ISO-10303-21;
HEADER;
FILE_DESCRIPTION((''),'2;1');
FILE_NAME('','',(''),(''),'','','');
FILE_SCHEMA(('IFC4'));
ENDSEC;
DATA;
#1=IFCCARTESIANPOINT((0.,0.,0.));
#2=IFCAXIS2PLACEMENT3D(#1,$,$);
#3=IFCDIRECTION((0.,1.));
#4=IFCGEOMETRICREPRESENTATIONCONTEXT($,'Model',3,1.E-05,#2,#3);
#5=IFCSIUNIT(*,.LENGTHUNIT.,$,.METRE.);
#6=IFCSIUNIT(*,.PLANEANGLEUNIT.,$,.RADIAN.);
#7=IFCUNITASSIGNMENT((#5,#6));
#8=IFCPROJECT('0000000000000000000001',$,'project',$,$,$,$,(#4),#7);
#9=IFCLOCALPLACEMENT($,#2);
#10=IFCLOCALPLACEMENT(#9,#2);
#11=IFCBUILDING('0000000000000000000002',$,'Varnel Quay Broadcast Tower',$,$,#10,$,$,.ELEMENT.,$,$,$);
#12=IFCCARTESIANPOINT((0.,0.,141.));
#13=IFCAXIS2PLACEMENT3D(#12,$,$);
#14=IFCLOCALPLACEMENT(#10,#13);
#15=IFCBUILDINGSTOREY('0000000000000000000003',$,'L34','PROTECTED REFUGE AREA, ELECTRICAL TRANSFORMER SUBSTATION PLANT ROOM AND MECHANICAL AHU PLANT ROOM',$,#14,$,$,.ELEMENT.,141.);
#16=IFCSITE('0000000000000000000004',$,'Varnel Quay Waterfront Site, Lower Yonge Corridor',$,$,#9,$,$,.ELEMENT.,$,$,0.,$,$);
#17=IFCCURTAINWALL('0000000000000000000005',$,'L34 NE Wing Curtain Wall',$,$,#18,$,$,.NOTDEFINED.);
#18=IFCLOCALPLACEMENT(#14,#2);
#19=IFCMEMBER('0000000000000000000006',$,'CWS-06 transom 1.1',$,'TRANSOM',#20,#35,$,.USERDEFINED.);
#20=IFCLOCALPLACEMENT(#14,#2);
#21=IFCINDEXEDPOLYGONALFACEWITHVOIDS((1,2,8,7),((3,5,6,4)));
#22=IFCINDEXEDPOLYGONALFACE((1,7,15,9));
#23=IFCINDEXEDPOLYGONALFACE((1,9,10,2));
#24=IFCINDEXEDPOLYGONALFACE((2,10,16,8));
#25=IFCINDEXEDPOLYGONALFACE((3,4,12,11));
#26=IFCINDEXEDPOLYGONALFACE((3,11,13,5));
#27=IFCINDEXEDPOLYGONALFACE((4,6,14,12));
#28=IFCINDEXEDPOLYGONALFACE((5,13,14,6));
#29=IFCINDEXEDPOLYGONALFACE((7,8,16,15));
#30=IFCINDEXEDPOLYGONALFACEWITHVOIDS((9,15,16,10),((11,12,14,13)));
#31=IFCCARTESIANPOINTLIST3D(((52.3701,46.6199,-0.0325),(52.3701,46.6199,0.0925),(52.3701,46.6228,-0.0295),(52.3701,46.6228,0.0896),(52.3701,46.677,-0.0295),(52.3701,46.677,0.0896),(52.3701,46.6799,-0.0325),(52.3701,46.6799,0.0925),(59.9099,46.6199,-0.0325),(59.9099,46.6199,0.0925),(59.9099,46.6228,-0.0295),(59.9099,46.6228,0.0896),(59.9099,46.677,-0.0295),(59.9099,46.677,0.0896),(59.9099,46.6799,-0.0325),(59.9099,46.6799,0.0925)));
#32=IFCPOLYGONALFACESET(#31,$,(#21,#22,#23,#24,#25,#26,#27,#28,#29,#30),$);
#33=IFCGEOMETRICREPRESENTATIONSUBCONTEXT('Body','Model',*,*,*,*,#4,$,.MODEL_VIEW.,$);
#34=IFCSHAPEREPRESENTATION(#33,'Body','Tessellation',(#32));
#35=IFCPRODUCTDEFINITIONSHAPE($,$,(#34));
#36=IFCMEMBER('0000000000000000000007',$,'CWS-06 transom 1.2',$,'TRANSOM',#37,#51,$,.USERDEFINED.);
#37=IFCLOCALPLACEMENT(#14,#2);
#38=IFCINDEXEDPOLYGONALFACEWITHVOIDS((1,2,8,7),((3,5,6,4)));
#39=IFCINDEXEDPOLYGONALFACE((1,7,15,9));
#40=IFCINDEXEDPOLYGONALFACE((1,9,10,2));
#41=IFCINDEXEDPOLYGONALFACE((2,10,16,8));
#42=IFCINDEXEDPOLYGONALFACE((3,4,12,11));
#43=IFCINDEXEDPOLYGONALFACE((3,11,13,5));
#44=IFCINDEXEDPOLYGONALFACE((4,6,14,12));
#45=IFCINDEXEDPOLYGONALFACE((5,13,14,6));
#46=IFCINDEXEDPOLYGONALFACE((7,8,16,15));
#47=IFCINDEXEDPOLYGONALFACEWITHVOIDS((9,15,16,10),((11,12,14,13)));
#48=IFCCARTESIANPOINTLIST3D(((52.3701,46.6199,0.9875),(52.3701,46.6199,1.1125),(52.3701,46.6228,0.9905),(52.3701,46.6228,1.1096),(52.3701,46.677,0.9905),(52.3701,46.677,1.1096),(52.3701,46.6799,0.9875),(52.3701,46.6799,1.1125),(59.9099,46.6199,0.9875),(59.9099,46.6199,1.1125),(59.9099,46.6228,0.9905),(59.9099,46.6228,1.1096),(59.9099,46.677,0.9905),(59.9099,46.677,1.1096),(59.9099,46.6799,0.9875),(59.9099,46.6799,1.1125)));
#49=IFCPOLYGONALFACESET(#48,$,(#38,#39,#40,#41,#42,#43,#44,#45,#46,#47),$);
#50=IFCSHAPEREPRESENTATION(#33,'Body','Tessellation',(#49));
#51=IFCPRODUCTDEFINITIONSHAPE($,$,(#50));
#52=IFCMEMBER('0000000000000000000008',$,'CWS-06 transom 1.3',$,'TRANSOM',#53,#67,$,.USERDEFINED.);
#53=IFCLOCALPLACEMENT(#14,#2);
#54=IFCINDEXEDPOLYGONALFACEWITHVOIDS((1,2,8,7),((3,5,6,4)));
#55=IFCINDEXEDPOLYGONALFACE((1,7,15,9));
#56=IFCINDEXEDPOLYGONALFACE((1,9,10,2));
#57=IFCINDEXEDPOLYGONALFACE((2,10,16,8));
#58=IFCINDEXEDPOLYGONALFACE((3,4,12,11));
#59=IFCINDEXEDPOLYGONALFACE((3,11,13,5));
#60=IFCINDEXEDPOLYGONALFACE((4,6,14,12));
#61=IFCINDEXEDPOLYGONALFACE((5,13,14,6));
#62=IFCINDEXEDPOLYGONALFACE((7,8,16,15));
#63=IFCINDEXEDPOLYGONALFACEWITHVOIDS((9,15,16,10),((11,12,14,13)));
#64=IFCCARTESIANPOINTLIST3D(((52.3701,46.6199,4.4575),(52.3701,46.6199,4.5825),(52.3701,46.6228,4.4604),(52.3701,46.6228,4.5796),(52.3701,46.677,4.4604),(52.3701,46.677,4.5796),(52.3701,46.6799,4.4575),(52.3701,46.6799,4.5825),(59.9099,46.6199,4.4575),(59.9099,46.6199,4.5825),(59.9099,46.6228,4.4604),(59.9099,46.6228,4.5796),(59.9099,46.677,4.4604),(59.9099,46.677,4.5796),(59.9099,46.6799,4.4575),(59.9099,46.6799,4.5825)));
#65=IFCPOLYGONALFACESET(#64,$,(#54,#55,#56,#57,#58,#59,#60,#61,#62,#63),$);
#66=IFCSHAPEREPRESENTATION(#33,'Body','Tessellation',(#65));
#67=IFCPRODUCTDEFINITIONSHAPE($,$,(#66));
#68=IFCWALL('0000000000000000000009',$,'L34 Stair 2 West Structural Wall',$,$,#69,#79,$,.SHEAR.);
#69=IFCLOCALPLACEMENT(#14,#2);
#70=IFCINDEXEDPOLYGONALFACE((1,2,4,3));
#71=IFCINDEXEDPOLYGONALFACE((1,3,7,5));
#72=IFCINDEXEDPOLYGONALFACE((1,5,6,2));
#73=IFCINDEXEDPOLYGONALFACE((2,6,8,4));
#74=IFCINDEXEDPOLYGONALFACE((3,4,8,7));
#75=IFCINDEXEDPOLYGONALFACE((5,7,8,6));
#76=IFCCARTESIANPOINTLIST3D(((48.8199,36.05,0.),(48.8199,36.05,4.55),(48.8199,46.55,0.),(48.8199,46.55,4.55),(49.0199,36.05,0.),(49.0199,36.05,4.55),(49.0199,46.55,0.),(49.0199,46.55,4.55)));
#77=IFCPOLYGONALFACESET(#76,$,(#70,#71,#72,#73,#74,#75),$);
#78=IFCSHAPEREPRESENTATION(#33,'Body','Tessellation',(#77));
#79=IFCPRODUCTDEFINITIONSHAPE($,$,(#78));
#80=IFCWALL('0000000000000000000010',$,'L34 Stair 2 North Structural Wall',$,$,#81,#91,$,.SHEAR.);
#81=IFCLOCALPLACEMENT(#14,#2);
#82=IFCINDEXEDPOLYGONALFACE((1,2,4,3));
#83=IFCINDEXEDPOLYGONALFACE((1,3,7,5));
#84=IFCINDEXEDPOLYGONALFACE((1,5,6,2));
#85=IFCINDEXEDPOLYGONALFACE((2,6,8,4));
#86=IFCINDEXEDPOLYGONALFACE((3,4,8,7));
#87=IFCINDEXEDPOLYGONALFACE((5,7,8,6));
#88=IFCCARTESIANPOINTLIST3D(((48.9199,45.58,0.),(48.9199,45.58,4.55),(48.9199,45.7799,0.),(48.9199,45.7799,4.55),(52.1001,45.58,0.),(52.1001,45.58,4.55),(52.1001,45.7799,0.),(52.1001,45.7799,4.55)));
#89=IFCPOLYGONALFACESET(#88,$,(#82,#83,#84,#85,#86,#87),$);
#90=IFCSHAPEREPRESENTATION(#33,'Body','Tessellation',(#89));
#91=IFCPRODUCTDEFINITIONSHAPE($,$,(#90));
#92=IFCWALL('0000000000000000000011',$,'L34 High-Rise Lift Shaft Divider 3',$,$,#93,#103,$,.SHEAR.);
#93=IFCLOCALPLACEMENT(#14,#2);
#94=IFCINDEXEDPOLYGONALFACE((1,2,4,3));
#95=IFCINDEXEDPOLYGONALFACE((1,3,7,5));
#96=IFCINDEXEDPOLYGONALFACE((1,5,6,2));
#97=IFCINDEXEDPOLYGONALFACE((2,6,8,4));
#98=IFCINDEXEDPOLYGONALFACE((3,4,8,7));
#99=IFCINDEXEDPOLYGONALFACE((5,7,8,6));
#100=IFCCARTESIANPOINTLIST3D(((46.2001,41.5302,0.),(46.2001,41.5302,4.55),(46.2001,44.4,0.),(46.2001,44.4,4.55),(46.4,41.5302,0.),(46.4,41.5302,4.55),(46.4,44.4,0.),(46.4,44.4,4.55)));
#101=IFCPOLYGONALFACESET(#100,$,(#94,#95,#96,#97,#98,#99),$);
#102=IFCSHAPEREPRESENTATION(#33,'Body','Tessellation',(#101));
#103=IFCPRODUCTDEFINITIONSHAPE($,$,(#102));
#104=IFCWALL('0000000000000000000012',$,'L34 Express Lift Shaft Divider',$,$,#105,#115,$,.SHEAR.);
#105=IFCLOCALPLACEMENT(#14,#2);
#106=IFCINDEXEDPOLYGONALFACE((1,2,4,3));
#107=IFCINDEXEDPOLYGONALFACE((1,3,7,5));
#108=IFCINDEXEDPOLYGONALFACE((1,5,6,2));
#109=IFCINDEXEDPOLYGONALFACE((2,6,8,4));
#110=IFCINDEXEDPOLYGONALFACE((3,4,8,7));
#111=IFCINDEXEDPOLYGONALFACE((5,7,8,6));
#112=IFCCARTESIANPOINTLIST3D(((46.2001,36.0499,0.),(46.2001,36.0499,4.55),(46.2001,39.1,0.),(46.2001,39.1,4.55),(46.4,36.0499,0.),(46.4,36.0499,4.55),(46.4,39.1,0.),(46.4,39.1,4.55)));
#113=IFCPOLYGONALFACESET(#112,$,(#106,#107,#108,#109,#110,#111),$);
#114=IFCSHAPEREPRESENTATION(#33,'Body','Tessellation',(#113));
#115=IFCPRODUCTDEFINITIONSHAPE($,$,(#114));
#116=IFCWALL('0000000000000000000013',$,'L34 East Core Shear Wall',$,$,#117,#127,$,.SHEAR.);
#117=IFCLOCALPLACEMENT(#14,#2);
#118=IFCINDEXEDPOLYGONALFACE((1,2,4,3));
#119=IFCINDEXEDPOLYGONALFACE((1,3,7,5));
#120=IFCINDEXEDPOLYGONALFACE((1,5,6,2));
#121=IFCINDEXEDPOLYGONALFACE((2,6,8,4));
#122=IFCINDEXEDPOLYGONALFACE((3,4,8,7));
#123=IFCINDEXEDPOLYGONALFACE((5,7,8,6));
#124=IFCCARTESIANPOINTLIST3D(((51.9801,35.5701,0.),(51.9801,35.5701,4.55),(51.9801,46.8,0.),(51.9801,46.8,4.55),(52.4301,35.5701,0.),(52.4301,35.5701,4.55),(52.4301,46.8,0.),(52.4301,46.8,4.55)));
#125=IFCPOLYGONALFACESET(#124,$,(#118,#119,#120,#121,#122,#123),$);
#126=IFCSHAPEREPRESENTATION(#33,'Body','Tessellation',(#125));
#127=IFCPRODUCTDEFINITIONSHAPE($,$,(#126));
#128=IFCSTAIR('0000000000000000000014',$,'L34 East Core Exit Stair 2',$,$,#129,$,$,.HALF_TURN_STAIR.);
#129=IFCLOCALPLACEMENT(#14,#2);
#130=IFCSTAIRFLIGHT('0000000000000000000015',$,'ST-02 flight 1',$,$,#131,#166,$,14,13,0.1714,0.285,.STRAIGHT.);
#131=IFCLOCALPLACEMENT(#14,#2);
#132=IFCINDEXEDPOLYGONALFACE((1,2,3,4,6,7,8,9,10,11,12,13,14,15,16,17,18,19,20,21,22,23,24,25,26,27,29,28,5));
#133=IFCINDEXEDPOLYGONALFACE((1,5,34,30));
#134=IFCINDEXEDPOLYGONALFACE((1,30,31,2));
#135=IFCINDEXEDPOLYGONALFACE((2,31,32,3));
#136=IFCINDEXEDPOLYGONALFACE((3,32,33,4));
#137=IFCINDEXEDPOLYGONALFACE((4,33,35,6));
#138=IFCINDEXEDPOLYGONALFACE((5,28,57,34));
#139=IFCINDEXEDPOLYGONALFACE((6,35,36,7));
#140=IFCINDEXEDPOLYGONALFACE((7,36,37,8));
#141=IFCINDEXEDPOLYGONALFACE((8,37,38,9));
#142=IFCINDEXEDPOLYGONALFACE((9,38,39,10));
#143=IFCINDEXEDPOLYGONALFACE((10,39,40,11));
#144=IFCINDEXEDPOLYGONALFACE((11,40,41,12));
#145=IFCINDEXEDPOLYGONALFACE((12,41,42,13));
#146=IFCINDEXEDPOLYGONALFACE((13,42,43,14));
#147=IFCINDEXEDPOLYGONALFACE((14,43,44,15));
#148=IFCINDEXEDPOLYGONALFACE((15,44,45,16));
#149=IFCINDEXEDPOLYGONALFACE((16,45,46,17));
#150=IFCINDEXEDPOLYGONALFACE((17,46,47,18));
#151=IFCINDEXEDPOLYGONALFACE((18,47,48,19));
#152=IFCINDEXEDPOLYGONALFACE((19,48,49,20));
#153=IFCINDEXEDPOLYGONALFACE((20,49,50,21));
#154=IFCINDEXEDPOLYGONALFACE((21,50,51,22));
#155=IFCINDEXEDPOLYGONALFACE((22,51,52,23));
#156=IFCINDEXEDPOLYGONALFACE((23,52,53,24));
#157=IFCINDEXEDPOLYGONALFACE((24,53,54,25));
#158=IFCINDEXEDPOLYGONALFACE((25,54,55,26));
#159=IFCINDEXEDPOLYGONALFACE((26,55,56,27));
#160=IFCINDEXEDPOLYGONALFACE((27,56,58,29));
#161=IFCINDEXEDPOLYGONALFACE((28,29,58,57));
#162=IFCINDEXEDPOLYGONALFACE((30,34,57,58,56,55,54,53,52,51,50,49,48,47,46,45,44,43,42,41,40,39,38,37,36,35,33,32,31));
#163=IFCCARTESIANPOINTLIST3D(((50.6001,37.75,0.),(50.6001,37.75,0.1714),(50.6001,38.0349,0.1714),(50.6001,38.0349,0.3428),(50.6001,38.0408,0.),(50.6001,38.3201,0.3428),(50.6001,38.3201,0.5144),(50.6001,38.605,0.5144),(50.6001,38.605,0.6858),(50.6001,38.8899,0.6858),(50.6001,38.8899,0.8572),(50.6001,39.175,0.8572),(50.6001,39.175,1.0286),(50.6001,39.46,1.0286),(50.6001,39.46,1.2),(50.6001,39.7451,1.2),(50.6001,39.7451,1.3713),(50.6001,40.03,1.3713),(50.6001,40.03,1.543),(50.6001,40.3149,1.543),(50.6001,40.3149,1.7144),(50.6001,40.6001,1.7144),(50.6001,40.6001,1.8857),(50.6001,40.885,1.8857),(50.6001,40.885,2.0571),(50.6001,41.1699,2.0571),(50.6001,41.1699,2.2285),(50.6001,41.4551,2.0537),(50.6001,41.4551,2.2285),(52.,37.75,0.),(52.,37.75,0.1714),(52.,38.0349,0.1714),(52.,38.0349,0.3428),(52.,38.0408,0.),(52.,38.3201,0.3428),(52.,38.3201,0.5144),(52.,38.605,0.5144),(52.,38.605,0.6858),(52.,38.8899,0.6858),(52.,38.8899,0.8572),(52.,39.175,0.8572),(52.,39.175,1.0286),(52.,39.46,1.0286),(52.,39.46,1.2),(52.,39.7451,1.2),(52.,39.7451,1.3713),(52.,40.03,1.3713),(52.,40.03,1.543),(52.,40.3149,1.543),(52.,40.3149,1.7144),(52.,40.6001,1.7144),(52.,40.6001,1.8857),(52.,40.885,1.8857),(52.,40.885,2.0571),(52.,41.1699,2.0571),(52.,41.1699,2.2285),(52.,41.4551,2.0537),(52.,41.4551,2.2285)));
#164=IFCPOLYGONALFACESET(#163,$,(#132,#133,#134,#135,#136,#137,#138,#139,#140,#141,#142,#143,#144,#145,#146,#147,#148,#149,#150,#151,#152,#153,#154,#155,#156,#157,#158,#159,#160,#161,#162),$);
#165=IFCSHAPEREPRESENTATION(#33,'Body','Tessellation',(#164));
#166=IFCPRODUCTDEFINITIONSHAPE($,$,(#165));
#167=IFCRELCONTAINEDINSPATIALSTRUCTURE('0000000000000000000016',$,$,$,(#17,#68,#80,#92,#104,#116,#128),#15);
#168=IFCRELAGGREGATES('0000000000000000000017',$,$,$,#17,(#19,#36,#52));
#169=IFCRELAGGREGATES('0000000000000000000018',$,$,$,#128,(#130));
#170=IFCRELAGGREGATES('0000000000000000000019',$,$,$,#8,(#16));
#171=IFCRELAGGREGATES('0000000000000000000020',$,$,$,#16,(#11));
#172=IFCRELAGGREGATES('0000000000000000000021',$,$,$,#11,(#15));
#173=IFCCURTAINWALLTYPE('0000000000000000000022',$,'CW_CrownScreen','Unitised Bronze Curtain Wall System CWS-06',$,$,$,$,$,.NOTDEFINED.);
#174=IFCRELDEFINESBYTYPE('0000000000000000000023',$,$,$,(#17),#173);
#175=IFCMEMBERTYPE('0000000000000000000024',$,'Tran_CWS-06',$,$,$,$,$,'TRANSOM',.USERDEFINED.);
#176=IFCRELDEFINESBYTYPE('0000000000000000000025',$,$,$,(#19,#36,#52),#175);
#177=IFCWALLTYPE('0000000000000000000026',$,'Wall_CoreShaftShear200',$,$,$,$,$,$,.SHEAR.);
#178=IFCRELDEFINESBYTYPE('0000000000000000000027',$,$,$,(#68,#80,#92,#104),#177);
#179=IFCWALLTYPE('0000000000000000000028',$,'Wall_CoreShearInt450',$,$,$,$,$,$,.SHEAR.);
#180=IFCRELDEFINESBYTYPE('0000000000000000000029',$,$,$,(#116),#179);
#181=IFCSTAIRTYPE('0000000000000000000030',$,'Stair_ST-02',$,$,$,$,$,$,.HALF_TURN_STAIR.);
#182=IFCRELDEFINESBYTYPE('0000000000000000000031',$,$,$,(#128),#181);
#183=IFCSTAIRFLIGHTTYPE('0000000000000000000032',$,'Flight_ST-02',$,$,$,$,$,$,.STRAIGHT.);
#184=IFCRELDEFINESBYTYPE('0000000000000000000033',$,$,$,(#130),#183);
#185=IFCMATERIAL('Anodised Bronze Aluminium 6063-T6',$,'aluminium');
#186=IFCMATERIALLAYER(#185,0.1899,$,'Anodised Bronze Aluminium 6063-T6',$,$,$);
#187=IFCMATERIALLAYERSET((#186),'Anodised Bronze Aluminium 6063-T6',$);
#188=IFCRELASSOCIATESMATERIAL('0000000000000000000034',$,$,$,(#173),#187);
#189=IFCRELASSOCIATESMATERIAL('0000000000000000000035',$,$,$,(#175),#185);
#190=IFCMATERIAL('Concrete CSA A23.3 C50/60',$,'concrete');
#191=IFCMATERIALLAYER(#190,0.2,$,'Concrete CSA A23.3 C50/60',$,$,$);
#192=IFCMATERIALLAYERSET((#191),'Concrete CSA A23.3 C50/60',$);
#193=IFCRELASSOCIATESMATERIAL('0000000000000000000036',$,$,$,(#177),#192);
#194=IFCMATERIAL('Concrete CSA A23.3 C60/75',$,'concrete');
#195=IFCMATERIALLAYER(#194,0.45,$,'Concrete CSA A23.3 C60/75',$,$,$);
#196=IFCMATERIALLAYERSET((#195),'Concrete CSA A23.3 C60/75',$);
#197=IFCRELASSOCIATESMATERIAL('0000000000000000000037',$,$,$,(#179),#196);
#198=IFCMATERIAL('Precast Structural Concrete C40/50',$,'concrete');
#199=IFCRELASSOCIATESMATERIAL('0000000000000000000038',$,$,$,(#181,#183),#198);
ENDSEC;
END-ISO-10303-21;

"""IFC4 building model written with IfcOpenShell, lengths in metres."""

from ifc_helpers import new_model, si_unit, direction, frame, frame_2d, origin, origin_2d, place, context, subcontext, project, spatial, polyline, rectangle, hollow_rectangle, outline, extrude, source, transform, mapped, material, layer, layer_set, material_profile, profile_set, type_object, type_shapes, element, aggregate, save


model = new_model("IFC4")

# Units and contexts
model_context = context("Model", 3, precision=1e-05, world=origin(), true_north=direction((0.0, 1.0)))
body_context = subcontext(model_context, "Body", "Model", "MODEL_VIEW")
ifc_project = project(units=[si_unit("LENGTHUNIT", "METRE"), si_unit("PLANEANGLEUNIT", "RADIAN")], contexts=[model_context])

# Site, building, storey
site_placement = place(None, origin())
site = spatial("IfcSite", under=ifc_project, at=site_placement, Name="Varnel Quay Waterfront Site, Lower Yonge Corridor", CompositionType="ELEMENT", RefElevation=0.0)
building_placement = place(site_placement, origin())
building = spatial("IfcBuilding", under=site, at=building_placement, Name="Varnel Quay Broadcast Tower", CompositionType="ELEMENT")
storey_placement = place(building_placement, frame((0.0, 0.0, 141.0)))
storey = spatial("IfcBuildingStorey", under=building, at=storey_placement, Name="L34", Description="PROTECTED REFUGE AREA, ELECTRICAL TRANSFORMER SUBSTATION PLANT ROOM AND MECHANICAL AHU PLANT ROOM", CompositionType="ELEMENT", Elevation=141.0)

# Curtain wall, members
ifc_material_1 = material(Name="Anodised Bronze Aluminium 6063-T6", Category="aluminium")
ifc_layer_1 = layer(ifc_material_1, 0.1899, Name="Anodised Bronze Aluminium 6063-T6")
ifc_layer_set_1 = layer_set([ifc_layer_1], Name="Anodised Bronze Aluminium 6063-T6")
curtain_wall_type = type_object("IfcCurtainWallType", Name="CW_CrownScreen", Description="Unitised Bronze Curtain Wall System CWS-06", PredefinedType="NOTDEFINED", material=ifc_layer_set_1)
curtain_wall_placement = place(storey_placement, origin())
curtain_wall = element("IfcCurtainWall", 1, at=curtain_wall_placement, inside=storey, type_object=curtain_wall_type, Name="L34 NE Wing Curtain Wall", PredefinedType="NOTDEFINED")
ifc_material_profile_1 = material_profile(ifc_material_1, hollow_rectangle(XDim=0.0601, YDim=0.125, WallThickness=0.0029, at=origin_2d()), Name="ALU60X125X3")
ifc_profile_set_1 = profile_set([ifc_material_profile_1], Name="Anodised Bronze Aluminium 6063-T6")
member_type_1 = type_object("IfcMemberType", Name="Tran_CWS-06", ElementType="TRANSOM", PredefinedType="USERDEFINED", material=ifc_profile_set_1)
shared_shape_1 = source(origin(), body_context, "Body", "SweptSolid", [
    extrude(hollow_rectangle(XDim=0.0601, YDim=0.125, WallThickness=0.0029, at=origin_2d()), origin(), (0.0, 0.0, 1.0), 7.5398),
])
type_shapes(member_type_1, [shared_shape_1])
member_1_placement = place(storey_placement, frame((52.3701, 46.6499, 0.03), z_axis=(1.0, 0.0, 0.0), x_axis=(0.0, 1.0, 0.0)))
member_1 = element("IfcMember", 2, at=member_1_placement, type_object=member_type_1, Name="CWS-06 transom 1.1", ObjectType="TRANSOM", PredefinedType="USERDEFINED", context=body_context, shape_type="MappedRepresentation", body=[
    mapped(shared_shape_1, transform((0.0, 0.0, 0.0), x_axis=(1.0, 0.0, 0.0), y_axis=(0.0, 1.0, 0.0), z_axis=(0.0, 0.0, 1.0), scale=1.0)),
])
member_2_placement = place(storey_placement, frame((52.3701, 46.6499, 1.05), z_axis=(1.0, 0.0, 0.0), x_axis=(0.0, 1.0, 0.0)))
member_2 = element("IfcMember", 3, at=member_2_placement, type_object=member_type_1, Name="CWS-06 transom 1.2", ObjectType="TRANSOM", PredefinedType="USERDEFINED", context=body_context, shape_type="MappedRepresentation", body=[
    mapped(shared_shape_1, transform((0.0, 0.0, 0.0), x_axis=(1.0, 0.0, 0.0), y_axis=(0.0, 1.0, 0.0), z_axis=(0.0, 0.0, 1.0), scale=1.0)),
])
member_3_placement = place(storey_placement, frame((52.3701, 46.6499, 4.52), z_axis=(1.0, 0.0, 0.0), x_axis=(0.0, 1.0, 0.0)))
member_3 = element("IfcMember", 4, at=member_3_placement, type_object=member_type_1, Name="CWS-06 transom 1.3", ObjectType="TRANSOM", PredefinedType="USERDEFINED", context=body_context, shape_type="MappedRepresentation", body=[
    mapped(shared_shape_1, transform((0.0, 0.0, 0.0), x_axis=(1.0, 0.0, 0.0), y_axis=(0.0, 1.0, 0.0), z_axis=(0.0, 0.0, 1.0), scale=1.0)),
])
aggregate(curtain_wall, [member_1, member_2, member_3])

# Walls
ifc_material_2 = material(Name="Concrete CSA A23.3 C50/60", Category="concrete")
ifc_layer_2 = layer(ifc_material_2, 0.2, Name="Concrete CSA A23.3 C50/60")
ifc_layer_set_2 = layer_set([ifc_layer_2], Name="Concrete CSA A23.3 C50/60")
wall_type_1 = type_object("IfcWallType", Name="Wall_CoreShaftShear200", PredefinedType="SHEAR", material=ifc_layer_set_2)
wall_1_placement = place(storey_placement, frame((48.9199, 36.05, 0.0), z_axis=(0.0, 0.0, 1.0), x_axis=(0.0, 1.0, 0.0)))
element("IfcWall", 5, at=wall_1_placement, inside=storey, type_object=wall_type_1, Name="L34 Stair 2 West Structural Wall", PredefinedType="SHEAR", context=body_context, shape_type="SweptSolid", body=[
    extrude(rectangle(XDim=10.5, YDim=0.2, at=frame_2d((5.25, 0.0))), origin(), (0.0, 0.0, 1.0), 4.55),
])
wall_2_placement = place(storey_placement, frame((48.9199, 45.6799, 0.0), z_axis=(0.0, 0.0, 1.0), x_axis=(1.0, 0.0, 0.0)))
element("IfcWall", 6, at=wall_2_placement, inside=storey, type_object=wall_type_1, Name="L34 Stair 2 North Structural Wall", PredefinedType="SHEAR", context=body_context, shape_type="SweptSolid", body=[
    extrude(rectangle(XDim=3.1802, YDim=0.2, at=frame_2d((1.5901, 0.0))), origin(), (0.0, 0.0, 1.0), 4.55),
])
wall_3_placement = place(storey_placement, frame((46.3, 41.53, 0.0), z_axis=(0.0, 0.0, 1.0), x_axis=(0.0, 1.0, 0.0)))
element("IfcWall", 7, at=wall_3_placement, inside=storey, type_object=wall_type_1, Name="L34 High-Rise Lift Shaft Divider 3", PredefinedType="SHEAR", context=body_context, shape_type="SweptSolid", body=[
    extrude(rectangle(XDim=2.8699, YDim=0.2, at=frame_2d((1.4351, 0.0))), origin(), (0.0, 0.0, 1.0), 4.55),
])
wall_4_placement = place(storey_placement, frame((46.3, 36.05, 0.0), z_axis=(0.0, 0.0, 1.0), x_axis=(0.0, 1.0, 0.0)))
element("IfcWall", 8, at=wall_4_placement, inside=storey, type_object=wall_type_1, Name="L34 Express Lift Shaft Divider", PredefinedType="SHEAR", context=body_context, shape_type="SweptSolid", body=[
    extrude(rectangle(XDim=3.05, YDim=0.2, at=frame_2d((1.5249, 0.0))), origin(), (0.0, 0.0, 1.0), 4.55),
])
ifc_material_3 = material(Name="Concrete CSA A23.3 C60/75", Category="concrete")
ifc_layer_3 = layer(ifc_material_3, 0.45, Name="Concrete CSA A23.3 C60/75")
ifc_layer_set_3 = layer_set([ifc_layer_3], Name="Concrete CSA A23.3 C60/75")
wall_type_2 = type_object("IfcWallType", Name="Wall_CoreShearInt450", PredefinedType="SHEAR", material=ifc_layer_set_3)
wall_5_placement = place(storey_placement, frame((52.2051, 35.5701, 0.0), z_axis=(0.0, 0.0, 1.0), x_axis=(0.0, 1.0, 0.0)))
element("IfcWall", 9, at=wall_5_placement, inside=storey, type_object=wall_type_2, Name="L34 East Core Shear Wall", PredefinedType="SHEAR", context=body_context, shape_type="SweptSolid", body=[
    extrude(rectangle(XDim=11.23, YDim=0.45, at=frame_2d((5.615, 0.0))), origin(), (0.0, 0.0, 1.0), 4.55),
])

# Stair, stair flight
ifc_material_4 = material(Name="Precast Structural Concrete C40/50", Category="concrete")
stair_type = type_object("IfcStairType", Name="Stair_ST-02", PredefinedType="HALF_TURN_STAIR", material=ifc_material_4)
stair_placement = place(storey_placement, origin())
stair = element("IfcStair", 10, at=stair_placement, inside=storey, type_object=stair_type, Name="L34 East Core Exit Stair 2", PredefinedType="HALF_TURN_STAIR")
stair_flight_type = type_object("IfcStairFlightType", Name="Flight_ST-02", PredefinedType="STRAIGHT", material=ifc_material_4)
stair_flight_1_placement = place(storey_placement, frame((51.3, 37.75, 0.0), z_axis=(0.0, 0.0, 1.0), x_axis=(0.0, 1.0, 0.0)))
stair_flight_1 = element("IfcStairFlight", 11, at=stair_flight_1_placement, type_object=stair_flight_type, Name="ST-02 flight 1", NumberOfRisers=14, NumberOfTreads=13, PredefinedType="STRAIGHT", RiserHeight=0.1714, TreadLength=0.285, context=body_context, shape_type="SweptSolid", body=[
    extrude(outline(polyline([(0.0, 0.0), (0.0, 0.1714), (0.2849, 0.1714), (0.2849, 0.3428), (0.5701, 0.3428), (0.5701, 0.5144), (0.855, 0.5144), (0.855, 0.6858), (1.1399, 0.6858), (1.1399, 0.8572), (1.425, 0.8572), (1.425, 1.0286), (1.71, 1.0286), (1.71, 1.2), (1.9951, 1.2), (1.9951, 1.3713), (2.28, 1.3713), (2.28, 1.543), (2.5649, 1.543), (2.5649, 1.7144), (2.8501, 1.7144), (2.8501, 1.8857), (3.135, 1.8857), (3.135, 2.0571), (3.4199, 2.0571), (3.4199, 2.2285), (3.7051, 2.2285), (3.7051, 2.3999), (3.7051, 2.0537), (0.2908, 0.0), (0.0, 0.0)])), frame((0.0, 0.7, 0.0), z_axis=(0.0, -1.0, 0.0), x_axis=(1.0, 0.0, 0.0)), (0.0, 0.0, 1.0), 1.3999),
])
aggregate(stair, [stair_flight_1])

save(model, "model.ifc")
